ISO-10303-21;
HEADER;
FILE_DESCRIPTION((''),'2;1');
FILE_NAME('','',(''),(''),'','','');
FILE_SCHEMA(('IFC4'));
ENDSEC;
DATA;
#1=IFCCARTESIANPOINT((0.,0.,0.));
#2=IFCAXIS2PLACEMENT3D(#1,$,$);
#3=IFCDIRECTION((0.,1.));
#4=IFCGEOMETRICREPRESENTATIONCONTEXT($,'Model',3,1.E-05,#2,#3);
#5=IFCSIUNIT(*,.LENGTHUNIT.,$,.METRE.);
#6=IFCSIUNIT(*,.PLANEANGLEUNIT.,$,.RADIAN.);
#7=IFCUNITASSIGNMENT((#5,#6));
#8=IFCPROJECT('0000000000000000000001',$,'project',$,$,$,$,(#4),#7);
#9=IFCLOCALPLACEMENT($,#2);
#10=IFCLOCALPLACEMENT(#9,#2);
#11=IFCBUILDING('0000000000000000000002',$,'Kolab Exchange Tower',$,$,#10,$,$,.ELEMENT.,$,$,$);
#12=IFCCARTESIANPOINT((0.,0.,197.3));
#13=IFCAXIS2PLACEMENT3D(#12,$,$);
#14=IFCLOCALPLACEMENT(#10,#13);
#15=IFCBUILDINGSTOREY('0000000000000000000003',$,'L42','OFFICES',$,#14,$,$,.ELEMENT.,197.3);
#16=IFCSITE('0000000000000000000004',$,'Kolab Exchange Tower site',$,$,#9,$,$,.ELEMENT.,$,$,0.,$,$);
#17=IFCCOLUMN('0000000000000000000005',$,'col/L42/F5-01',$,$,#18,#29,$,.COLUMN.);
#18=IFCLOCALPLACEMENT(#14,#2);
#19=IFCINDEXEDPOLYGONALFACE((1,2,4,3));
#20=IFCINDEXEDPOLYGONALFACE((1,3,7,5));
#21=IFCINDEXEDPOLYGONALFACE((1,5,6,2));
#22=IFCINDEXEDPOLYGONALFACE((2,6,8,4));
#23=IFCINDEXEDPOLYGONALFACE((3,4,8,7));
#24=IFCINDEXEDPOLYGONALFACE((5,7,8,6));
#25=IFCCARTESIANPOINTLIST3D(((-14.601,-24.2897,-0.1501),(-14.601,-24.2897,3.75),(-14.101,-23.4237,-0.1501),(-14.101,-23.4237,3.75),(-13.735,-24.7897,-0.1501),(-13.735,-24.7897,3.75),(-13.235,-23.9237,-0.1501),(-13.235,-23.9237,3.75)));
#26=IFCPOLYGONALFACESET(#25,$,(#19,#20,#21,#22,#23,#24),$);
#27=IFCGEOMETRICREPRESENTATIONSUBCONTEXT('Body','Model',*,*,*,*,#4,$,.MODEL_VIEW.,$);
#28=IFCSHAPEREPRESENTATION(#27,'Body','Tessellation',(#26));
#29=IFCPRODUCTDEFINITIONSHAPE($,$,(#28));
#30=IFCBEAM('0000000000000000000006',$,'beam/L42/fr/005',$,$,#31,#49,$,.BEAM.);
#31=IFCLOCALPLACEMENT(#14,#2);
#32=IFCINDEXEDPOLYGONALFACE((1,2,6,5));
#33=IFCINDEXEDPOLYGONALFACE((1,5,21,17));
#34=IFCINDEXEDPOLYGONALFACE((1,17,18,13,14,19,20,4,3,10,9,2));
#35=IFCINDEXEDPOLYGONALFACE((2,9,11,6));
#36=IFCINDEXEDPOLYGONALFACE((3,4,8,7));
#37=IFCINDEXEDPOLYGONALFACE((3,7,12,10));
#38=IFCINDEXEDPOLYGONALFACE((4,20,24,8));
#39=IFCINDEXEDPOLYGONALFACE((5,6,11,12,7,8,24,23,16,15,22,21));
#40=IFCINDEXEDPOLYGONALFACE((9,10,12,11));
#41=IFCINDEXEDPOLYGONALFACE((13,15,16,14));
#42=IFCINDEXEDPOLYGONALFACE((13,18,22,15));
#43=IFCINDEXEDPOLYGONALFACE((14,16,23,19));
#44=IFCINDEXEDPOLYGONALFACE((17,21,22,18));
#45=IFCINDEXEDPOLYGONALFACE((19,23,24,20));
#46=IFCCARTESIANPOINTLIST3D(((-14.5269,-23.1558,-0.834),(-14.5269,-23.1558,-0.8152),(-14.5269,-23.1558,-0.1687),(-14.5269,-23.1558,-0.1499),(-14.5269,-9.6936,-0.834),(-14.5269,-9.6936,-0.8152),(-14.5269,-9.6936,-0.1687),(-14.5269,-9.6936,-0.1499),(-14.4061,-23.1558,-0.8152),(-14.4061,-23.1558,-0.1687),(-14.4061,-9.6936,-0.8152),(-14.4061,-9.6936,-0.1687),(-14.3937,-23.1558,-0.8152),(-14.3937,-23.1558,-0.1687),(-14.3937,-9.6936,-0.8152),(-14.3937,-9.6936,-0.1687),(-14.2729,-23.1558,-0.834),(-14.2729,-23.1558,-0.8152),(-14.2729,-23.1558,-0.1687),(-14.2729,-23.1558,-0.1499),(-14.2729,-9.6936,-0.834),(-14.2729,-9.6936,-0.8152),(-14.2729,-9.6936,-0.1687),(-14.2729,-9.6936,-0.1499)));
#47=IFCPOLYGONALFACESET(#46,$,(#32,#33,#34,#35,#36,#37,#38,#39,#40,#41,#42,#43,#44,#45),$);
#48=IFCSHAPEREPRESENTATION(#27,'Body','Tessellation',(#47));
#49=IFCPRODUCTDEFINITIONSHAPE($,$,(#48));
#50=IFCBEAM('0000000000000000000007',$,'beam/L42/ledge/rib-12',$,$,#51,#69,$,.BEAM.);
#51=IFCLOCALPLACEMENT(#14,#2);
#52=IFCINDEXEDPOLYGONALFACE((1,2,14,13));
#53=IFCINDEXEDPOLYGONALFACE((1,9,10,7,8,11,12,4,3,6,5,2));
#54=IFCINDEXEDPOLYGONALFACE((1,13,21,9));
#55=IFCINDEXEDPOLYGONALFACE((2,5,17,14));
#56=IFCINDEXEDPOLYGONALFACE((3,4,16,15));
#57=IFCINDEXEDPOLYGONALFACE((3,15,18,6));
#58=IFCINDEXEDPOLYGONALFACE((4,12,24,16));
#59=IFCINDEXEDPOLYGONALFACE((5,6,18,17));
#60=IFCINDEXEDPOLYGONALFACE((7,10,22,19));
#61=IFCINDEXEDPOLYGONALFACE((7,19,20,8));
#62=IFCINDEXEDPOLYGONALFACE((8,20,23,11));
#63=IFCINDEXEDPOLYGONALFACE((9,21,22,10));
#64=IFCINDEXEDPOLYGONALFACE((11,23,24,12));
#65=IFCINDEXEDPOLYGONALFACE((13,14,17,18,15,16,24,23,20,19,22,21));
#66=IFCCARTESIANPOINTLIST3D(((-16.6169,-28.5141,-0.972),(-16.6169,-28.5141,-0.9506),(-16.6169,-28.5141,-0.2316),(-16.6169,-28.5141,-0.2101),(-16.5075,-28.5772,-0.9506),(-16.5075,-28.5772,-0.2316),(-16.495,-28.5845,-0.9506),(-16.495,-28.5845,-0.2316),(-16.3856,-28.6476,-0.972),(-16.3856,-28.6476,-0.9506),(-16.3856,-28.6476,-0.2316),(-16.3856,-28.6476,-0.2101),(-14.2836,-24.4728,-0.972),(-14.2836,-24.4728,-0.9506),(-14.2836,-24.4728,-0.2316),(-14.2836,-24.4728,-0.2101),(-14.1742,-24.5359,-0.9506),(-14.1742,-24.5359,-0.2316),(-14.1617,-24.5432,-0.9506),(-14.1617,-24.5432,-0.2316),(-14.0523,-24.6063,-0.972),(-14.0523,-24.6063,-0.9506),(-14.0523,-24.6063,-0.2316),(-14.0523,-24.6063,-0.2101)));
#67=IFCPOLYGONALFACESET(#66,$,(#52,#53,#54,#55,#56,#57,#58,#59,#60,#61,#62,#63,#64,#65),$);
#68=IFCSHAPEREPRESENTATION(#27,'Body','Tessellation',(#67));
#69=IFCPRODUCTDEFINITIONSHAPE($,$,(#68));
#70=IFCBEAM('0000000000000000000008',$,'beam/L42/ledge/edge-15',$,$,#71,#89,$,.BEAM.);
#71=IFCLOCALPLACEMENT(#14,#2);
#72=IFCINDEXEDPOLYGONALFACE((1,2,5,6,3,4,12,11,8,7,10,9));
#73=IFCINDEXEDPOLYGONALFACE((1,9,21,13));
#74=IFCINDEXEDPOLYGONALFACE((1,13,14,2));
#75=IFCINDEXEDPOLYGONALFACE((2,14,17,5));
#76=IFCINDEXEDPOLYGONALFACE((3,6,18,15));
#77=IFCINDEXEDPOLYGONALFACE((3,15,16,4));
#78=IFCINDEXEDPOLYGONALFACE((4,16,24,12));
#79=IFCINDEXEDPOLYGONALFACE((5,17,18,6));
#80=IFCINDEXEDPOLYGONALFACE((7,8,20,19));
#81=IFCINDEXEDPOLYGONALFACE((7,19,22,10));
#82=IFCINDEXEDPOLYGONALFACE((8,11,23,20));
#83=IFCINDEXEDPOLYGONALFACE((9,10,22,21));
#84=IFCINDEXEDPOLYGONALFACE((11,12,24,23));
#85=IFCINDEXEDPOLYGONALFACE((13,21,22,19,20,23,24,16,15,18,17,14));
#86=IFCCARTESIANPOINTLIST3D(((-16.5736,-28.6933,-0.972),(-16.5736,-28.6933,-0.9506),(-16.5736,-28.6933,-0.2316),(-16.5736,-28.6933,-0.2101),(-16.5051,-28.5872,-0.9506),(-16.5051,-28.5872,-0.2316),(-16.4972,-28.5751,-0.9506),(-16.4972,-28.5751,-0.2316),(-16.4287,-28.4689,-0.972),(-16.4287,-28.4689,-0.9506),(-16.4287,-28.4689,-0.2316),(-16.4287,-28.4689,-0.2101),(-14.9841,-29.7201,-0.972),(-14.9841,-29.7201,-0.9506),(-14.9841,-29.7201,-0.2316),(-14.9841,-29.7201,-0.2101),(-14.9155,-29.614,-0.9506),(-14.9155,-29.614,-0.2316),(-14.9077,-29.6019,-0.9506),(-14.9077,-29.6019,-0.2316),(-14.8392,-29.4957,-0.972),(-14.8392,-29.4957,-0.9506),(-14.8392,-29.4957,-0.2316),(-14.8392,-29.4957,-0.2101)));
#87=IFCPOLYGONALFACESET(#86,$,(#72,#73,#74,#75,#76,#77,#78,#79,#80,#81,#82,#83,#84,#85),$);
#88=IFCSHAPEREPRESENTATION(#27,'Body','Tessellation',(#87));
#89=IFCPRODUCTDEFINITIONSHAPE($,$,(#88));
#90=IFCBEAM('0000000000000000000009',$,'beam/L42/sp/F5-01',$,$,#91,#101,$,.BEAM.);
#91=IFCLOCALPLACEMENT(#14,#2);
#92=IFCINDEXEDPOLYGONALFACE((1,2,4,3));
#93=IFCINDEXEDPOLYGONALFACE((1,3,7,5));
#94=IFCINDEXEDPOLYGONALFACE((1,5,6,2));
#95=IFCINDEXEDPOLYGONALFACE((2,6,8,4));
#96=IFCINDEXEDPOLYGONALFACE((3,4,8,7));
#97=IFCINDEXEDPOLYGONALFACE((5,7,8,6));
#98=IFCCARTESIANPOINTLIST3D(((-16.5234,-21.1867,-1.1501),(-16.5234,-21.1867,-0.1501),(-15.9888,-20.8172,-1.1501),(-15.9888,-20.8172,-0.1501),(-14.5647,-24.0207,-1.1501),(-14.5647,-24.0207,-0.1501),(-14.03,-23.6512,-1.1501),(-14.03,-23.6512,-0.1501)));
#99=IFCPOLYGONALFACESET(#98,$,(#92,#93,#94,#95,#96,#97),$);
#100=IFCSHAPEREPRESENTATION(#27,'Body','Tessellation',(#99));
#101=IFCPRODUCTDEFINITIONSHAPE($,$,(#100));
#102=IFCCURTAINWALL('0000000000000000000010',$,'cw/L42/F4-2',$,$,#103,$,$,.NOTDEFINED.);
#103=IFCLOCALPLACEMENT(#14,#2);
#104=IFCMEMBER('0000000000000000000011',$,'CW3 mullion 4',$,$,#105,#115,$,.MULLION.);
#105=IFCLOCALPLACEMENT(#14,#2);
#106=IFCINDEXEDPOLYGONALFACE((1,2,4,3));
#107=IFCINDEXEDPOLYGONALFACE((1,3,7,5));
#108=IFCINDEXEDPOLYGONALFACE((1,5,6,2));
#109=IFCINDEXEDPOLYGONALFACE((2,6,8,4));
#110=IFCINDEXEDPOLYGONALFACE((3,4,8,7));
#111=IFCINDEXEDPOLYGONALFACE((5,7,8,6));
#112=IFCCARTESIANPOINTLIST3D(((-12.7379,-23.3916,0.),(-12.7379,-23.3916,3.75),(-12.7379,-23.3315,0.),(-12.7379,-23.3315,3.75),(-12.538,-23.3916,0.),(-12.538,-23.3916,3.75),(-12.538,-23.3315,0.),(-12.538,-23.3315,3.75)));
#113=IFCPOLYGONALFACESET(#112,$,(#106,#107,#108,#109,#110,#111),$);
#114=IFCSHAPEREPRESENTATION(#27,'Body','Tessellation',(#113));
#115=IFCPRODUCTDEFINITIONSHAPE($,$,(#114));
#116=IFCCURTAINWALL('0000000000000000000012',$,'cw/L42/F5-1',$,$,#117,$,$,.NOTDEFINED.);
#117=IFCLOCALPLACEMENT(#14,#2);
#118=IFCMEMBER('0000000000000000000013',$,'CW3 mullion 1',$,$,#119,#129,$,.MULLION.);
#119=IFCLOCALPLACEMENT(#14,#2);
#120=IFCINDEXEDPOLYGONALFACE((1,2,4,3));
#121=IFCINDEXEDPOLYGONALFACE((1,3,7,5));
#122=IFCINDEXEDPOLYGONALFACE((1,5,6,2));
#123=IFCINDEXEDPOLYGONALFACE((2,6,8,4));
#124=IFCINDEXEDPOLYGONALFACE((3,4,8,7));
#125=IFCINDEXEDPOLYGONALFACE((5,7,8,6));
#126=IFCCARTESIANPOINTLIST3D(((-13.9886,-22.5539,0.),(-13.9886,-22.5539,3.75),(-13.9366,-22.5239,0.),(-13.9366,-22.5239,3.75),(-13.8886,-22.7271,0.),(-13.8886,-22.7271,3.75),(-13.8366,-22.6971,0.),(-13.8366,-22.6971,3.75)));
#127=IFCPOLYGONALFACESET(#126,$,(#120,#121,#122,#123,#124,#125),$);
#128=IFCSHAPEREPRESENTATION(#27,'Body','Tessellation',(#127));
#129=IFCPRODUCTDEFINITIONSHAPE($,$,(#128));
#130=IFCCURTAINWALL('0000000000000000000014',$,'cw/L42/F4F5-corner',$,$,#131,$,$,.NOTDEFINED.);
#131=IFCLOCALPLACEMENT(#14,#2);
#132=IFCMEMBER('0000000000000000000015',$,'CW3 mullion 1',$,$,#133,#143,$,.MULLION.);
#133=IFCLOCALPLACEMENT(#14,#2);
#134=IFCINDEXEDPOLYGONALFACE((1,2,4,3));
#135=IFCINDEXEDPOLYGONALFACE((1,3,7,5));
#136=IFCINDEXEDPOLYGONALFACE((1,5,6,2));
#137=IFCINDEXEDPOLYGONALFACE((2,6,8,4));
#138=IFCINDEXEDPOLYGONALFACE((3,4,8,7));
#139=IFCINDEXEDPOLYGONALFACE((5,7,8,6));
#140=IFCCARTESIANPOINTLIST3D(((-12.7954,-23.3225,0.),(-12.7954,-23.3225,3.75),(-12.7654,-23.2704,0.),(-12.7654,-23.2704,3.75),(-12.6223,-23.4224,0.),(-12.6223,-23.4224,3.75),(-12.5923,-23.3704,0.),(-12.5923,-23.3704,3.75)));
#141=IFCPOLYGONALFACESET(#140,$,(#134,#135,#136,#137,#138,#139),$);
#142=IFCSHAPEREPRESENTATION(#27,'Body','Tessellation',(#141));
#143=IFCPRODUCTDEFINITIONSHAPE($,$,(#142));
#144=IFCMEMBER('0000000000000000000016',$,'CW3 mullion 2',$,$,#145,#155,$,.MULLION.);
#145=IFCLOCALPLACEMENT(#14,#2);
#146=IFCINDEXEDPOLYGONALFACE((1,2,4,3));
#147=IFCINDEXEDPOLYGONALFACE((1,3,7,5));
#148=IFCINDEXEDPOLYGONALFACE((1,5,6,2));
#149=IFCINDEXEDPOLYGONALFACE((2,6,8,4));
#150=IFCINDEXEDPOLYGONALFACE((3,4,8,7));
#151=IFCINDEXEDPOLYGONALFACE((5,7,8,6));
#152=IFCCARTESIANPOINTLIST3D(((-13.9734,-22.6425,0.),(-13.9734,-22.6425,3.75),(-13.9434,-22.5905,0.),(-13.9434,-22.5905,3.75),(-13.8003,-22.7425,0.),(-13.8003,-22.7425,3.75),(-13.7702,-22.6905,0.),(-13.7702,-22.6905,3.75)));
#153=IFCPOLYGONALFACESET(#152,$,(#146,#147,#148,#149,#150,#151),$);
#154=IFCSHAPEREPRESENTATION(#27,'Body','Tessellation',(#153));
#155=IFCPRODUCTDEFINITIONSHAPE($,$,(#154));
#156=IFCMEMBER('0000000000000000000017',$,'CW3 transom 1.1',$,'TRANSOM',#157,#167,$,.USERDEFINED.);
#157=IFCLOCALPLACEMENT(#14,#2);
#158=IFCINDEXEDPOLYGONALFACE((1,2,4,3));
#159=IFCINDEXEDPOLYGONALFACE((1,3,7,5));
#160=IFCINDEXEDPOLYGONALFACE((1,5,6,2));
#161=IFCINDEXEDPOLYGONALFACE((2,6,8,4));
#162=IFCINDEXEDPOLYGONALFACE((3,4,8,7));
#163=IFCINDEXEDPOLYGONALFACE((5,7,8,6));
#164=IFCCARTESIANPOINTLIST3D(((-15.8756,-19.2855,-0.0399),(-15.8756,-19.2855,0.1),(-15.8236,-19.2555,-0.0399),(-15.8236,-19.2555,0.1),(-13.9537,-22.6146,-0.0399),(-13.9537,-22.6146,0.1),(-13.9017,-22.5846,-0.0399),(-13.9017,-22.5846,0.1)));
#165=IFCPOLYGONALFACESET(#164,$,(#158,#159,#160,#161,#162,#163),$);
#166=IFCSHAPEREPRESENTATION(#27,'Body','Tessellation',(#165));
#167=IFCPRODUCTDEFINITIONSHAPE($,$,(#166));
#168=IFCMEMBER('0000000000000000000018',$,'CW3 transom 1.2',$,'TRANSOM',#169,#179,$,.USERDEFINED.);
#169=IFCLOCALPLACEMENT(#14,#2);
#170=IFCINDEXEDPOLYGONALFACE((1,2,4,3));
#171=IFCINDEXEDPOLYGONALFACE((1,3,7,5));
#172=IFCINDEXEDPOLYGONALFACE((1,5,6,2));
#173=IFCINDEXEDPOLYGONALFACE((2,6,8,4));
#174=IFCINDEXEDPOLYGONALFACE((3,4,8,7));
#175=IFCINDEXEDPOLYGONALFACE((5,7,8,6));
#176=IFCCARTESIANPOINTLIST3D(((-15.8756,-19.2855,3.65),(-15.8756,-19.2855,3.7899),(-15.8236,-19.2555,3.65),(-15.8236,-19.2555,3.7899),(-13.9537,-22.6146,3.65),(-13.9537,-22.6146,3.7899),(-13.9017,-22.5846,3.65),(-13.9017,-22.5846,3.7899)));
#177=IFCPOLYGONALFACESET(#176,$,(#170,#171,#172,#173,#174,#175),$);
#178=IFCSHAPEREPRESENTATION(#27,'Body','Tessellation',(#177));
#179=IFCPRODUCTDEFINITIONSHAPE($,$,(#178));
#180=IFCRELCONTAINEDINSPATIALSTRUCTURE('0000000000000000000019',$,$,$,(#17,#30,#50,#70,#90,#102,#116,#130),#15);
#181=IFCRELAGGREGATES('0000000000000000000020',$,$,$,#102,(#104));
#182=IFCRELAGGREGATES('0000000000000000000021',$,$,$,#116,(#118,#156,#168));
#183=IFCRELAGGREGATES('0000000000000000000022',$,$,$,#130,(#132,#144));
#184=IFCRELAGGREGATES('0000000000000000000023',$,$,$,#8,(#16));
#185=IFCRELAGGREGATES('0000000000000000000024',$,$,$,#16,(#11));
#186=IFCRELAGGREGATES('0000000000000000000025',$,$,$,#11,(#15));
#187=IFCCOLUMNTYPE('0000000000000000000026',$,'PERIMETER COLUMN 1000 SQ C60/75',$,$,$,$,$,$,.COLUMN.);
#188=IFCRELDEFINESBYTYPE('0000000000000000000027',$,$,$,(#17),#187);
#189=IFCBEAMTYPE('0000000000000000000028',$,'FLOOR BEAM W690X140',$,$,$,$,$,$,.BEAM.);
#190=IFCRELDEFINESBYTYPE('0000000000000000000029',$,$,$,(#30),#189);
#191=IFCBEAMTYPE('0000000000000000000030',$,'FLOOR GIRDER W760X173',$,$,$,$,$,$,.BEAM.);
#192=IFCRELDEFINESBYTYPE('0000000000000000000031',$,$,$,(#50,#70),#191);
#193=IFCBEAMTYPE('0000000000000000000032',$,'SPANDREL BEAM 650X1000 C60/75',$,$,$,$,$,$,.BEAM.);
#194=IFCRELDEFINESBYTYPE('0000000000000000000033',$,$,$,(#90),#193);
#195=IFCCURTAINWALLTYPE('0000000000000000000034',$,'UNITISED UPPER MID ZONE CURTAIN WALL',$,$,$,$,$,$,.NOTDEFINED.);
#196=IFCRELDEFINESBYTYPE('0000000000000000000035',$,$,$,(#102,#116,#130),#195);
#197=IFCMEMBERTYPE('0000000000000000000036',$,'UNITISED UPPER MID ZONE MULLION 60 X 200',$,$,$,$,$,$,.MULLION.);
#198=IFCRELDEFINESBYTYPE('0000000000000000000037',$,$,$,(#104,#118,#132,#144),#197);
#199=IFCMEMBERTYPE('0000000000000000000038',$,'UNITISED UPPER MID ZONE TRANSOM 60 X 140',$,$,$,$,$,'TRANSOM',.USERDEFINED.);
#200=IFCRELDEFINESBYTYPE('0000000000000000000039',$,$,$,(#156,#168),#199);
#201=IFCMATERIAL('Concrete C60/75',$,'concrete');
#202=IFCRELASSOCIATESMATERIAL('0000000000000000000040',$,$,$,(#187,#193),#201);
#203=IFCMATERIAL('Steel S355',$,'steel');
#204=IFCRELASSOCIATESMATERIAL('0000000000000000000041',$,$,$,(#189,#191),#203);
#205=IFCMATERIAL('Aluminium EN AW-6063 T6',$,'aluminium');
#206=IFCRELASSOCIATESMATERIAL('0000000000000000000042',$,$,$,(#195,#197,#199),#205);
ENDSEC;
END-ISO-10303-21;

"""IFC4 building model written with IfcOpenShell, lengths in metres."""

from ifc_helpers import new_model, si_unit, direction, frame, origin, origin_2d, place, context, subcontext, project, spatial, rectangle, i_section, extrude, material, material_profile, profile_set, type_object, element, aggregate, save


model = new_model("IFC4")

# Units and contexts
model_context = context("Model", 3, precision=1e-05, world=origin(), true_north=direction((0.0, 1.0)))
body_context = subcontext(model_context, "Body", "Model", "MODEL_VIEW")
ifc_project = project(units=[si_unit("LENGTHUNIT", "METRE"), si_unit("PLANEANGLEUNIT", "RADIAN")], contexts=[model_context])

# Site, building, storey
site_placement = place(None, origin())
site = spatial("IfcSite", under=ifc_project, at=site_placement, Name="Kolab Exchange Tower site", CompositionType="ELEMENT", RefElevation=0.0)
building_placement = place(site_placement, origin())
building = spatial("IfcBuilding", under=site, at=building_placement, Name="Kolab Exchange Tower", CompositionType="ELEMENT")
storey_placement = place(building_placement, frame((0.0, 0.0, 197.3)))
storey = spatial("IfcBuildingStorey", under=building, at=storey_placement, Name="L42", Description="OFFICES", CompositionType="ELEMENT", Elevation=197.3)

# Column
ifc_material_1 = material(Name="Concrete C60/75", Category="concrete")
ifc_material_profile_1 = material_profile(ifc_material_1, rectangle(XDim=1.0, YDim=1.0, at=origin_2d()), Name="RC1000")
ifc_profile_set_1 = profile_set([ifc_material_profile_1], Name="Concrete C60/75")
column_type = type_object("IfcColumnType", Name="PERIMETER COLUMN 1000 SQ C60/75", PredefinedType="COLUMN", material=ifc_profile_set_1)
column_placement = place(storey_placement, frame((-13.918, -24.1067, -0.1501), z_axis=(0.0, 0.0, 1.0), x_axis=(0.5, 0.866025, 0.0)))
element("IfcColumn", 1, at=column_placement, inside=storey, type_object=column_type, Name="col/L42/F5-01", PredefinedType="COLUMN", context=body_context, shape_type="SweptSolid", body=[
    extrude(rectangle(XDim=1.0, YDim=1.0, at=origin_2d()), origin(), (0.0, 0.0, 1.0), 3.9001),
])

# Beams
ifc_material_2 = material(Name="Steel S355", Category="steel")
ifc_material_profile_2 = material_profile(ifc_material_2, i_section(OverallWidth=0.2539, OverallDepth=0.6841, WebThickness=0.0125, FlangeThickness=0.0188, at=origin_2d()), Name="W690X140")
ifc_profile_set_2 = profile_set([ifc_material_profile_2], Name="Steel S355")
beam_type_1 = type_object("IfcBeamType", Name="FLOOR BEAM W690X140", PredefinedType="BEAM", material=ifc_profile_set_2)
beam_1_placement = place(storey_placement, frame((-14.3999, -23.1558, -0.4919), z_axis=(0.0, 1.0, 0.0), x_axis=(-1.0, 0.0, 0.0)))
element("IfcBeam", 2, at=beam_1_placement, inside=storey, type_object=beam_type_1, Name="beam/L42/fr/005", PredefinedType="BEAM", context=body_context, shape_type="SweptSolid", body=[
    extrude(i_section(OverallWidth=0.2539, OverallDepth=0.6841, WebThickness=0.0125, FlangeThickness=0.0188, at=origin_2d()), origin(), (0.0, 0.0, 1.0), 13.4622),
])
ifc_material_profile_3 = material_profile(ifc_material_2, i_section(OverallWidth=0.2671, OverallDepth=0.762, WebThickness=0.0144, FlangeThickness=0.0215, at=origin_2d()), Name="W760X173")
ifc_profile_set_3 = profile_set([ifc_material_profile_3], Name="Steel S355")
beam_type_2 = type_object("IfcBeamType", Name="FLOOR GIRDER W760X173", PredefinedType="BEAM", material=ifc_profile_set_3)
beam_2_placement = place(storey_placement, frame((-14.168, -24.5396, -0.5911), z_axis=(-0.500005, -0.866023, 0.0), x_axis=(0.866023, -0.500005, 0.0)))
element("IfcBeam", 3, at=beam_2_placement, inside=storey, type_object=beam_type_2, Name="beam/L42/ledge/rib-12", PredefinedType="BEAM", context=body_context, shape_type="SweptSolid", body=[
    extrude(i_section(OverallWidth=0.2671, OverallDepth=0.762, WebThickness=0.0144, FlangeThickness=0.0215, at=origin_2d()), origin(), (0.0, 0.0, 1.0), 4.6665),
])
beam_3_placement = place(storey_placement, frame((-14.9116, -29.6079, -0.5911), z_axis=(-0.839982, 0.542615, 0.0), x_axis=(-0.542615, -0.839982, 0.0)))
element("IfcBeam", 4, at=beam_3_placement, inside=storey, type_object=beam_type_2, Name="beam/L42/ledge/edge-15", PredefinedType="BEAM", context=body_context, shape_type="SweptSolid", body=[
    extrude(i_section(OverallWidth=0.2671, OverallDepth=0.762, WebThickness=0.0144, FlangeThickness=0.0215, at=origin_2d()), origin(), (0.0, 0.0, 1.0), 1.8923),
])
ifc_material_profile_4 = material_profile(ifc_material_1, rectangle(XDim=0.6499, YDim=1.0, at=origin_2d()), Name="RC650X1000")
ifc_profile_set_4 = profile_set([ifc_material_profile_4], Name="Concrete C60/75")
beam_type_3 = type_object("IfcBeamType", Name="SPANDREL BEAM 650X1000 C60/75", PredefinedType="BEAM", material=ifc_profile_set_4)
beam_4_placement = place(storey_placement, frame((-14.2974, -23.8359, -0.6501), z_axis=(-0.568572, 0.822633, 0.0), x_axis=(-0.822633, -0.568572, 0.0)))
element("IfcBeam", 5, at=beam_4_placement, inside=storey, type_object=beam_type_3, Name="beam/L42/sp/F5-01", PredefinedType="BEAM", context=body_context, shape_type="SweptSolid", body=[
    extrude(rectangle(XDim=0.6499, YDim=1.0, at=origin_2d()), origin(), (0.0, 0.0, 1.0), 3.4451),
])

# Curtain walls, members
ifc_material_3 = material(Name="Aluminium EN AW-6063 T6", Category="aluminium")
curtain_wall_type = type_object("IfcCurtainWallType", Name="UNITISED UPPER MID ZONE CURTAIN WALL", PredefinedType="NOTDEFINED", material=ifc_material_3)
curtain_wall_1_placement = place(storey_placement, origin())
curtain_wall_1 = element("IfcCurtainWall", 6, at=curtain_wall_1_placement, inside=storey, type_object=curtain_wall_type, Name="cw/L42/F4-2", PredefinedType="NOTDEFINED")
ifc_material_profile_5 = material_profile(ifc_material_3, rectangle(XDim=0.0601, YDim=0.2, at=origin_2d()), Name="RECT 60X200")
ifc_profile_set_5 = profile_set([ifc_material_profile_5], Name="Aluminium EN AW-6063 T6")
member_type_1 = type_object("IfcMemberType", Name="UNITISED UPPER MID ZONE MULLION 60 X 200", PredefinedType="MULLION", material=ifc_profile_set_5)
member_1_placement = place(storey_placement, frame((-12.6379, -23.3616, 0.0), z_axis=(0.0, 0.0, 1.0), x_axis=(0.0, -1.0, 0.0)))
member_1 = element("IfcMember", 7, at=member_1_placement, type_object=member_type_1, Name="CW3 mullion 4", PredefinedType="MULLION", context=body_context, shape_type="SweptSolid", body=[
    extrude(rectangle(XDim=0.0601, YDim=0.2, at=origin_2d()), origin(), (0.0, 0.0, 1.0), 3.75),
])
aggregate(curtain_wall_1, [member_1])
curtain_wall_2_placement = place(storey_placement, origin())
curtain_wall_2 = element("IfcCurtainWall", 8, at=curtain_wall_2_placement, inside=storey, type_object=curtain_wall_type, Name="cw/L42/F5-1", PredefinedType="NOTDEFINED")
member_2_placement = place(storey_placement, frame((-13.9126, -22.6255, 0.0), z_axis=(0.0, 0.0, 1.0), x_axis=(-0.866025, -0.5, 0.0)))
member_2 = element("IfcMember", 9, at=member_2_placement, type_object=member_type_1, Name="CW3 mullion 1", PredefinedType="MULLION", context=body_context, shape_type="SweptSolid", body=[
    extrude(rectangle(XDim=0.0601, YDim=0.2, at=origin_2d()), origin(), (0.0, 0.0, 1.0), 3.75),
])

# Curtain wall, members
curtain_wall_3_placement = place(storey_placement, origin())
curtain_wall_3 = element("IfcCurtainWall", 10, at=curtain_wall_3_placement, inside=storey, type_object=curtain_wall_type, Name="cw/L42/F4F5-corner", PredefinedType="NOTDEFINED")
member_3_placement = place(storey_placement, frame((-12.6938, -23.3464, 0.0), z_axis=(0.0, 0.0, 1.0), x_axis=(-0.5, -0.866025, 0.0)))
member_3 = element("IfcMember", 11, at=member_3_placement, type_object=member_type_1, Name="CW3 mullion 1", PredefinedType="MULLION", context=body_context, shape_type="SweptSolid", body=[
    extrude(rectangle(XDim=0.0601, YDim=0.2, at=origin_2d()), origin(), (0.0, 0.0, 1.0), 3.75),
])
member_4_placement = place(storey_placement, frame((-13.8718, -22.6665, 0.0), z_axis=(0.0, 0.0, 1.0), x_axis=(-0.5, -0.866025, 0.0)))
member_4 = element("IfcMember", 12, at=member_4_placement, type_object=member_type_1, Name="CW3 mullion 2", PredefinedType="MULLION", context=body_context, shape_type="SweptSolid", body=[
    extrude(rectangle(XDim=0.0601, YDim=0.2, at=origin_2d()), origin(), (0.0, 0.0, 1.0), 3.75),
])

# Members
ifc_material_profile_6 = material_profile(ifc_material_3, rectangle(XDim=0.0601, YDim=0.1399, at=origin_2d()), Name="RECT 60X140")
ifc_profile_set_6 = profile_set([ifc_material_profile_6], Name="Aluminium EN AW-6063 T6")
member_type_2 = type_object("IfcMemberType", Name="UNITISED UPPER MID ZONE TRANSOM 60 X 140", ElementType="TRANSOM", PredefinedType="USERDEFINED", material=ifc_profile_set_6)
member_5_placement = place(storey_placement, frame((-13.9277, -22.5996, 0.03), z_axis=(-0.499964, 0.866046, 0.0), x_axis=(-0.866046, -0.499964, 0.0)))
member_5 = element("IfcMember", 13, at=member_5_placement, type_object=member_type_2, Name="CW3 transom 1.1", ObjectType="TRANSOM", PredefinedType="USERDEFINED", context=body_context, shape_type="SweptSolid", body=[
    extrude(rectangle(XDim=0.0601, YDim=0.1399, at=origin_2d()), origin(), (0.0, 0.0, 1.0), 3.844),
])
member_6_placement = place(storey_placement, frame((-13.9277, -22.5996, 3.72), z_axis=(-0.499964, 0.866046, 0.0), x_axis=(-0.866046, -0.499964, 0.0)))
member_6 = element("IfcMember", 14, at=member_6_placement, type_object=member_type_2, Name="CW3 transom 1.2", ObjectType="TRANSOM", PredefinedType="USERDEFINED", context=body_context, shape_type="SweptSolid", body=[
    extrude(rectangle(XDim=0.0601, YDim=0.1399, at=origin_2d()), origin(), (0.0, 0.0, 1.0), 3.844),
])
aggregate(curtain_wall_2, [member_2, member_5, member_6])

aggregate(curtain_wall_3, [member_3, member_4])

save(model, "model.ifc")
